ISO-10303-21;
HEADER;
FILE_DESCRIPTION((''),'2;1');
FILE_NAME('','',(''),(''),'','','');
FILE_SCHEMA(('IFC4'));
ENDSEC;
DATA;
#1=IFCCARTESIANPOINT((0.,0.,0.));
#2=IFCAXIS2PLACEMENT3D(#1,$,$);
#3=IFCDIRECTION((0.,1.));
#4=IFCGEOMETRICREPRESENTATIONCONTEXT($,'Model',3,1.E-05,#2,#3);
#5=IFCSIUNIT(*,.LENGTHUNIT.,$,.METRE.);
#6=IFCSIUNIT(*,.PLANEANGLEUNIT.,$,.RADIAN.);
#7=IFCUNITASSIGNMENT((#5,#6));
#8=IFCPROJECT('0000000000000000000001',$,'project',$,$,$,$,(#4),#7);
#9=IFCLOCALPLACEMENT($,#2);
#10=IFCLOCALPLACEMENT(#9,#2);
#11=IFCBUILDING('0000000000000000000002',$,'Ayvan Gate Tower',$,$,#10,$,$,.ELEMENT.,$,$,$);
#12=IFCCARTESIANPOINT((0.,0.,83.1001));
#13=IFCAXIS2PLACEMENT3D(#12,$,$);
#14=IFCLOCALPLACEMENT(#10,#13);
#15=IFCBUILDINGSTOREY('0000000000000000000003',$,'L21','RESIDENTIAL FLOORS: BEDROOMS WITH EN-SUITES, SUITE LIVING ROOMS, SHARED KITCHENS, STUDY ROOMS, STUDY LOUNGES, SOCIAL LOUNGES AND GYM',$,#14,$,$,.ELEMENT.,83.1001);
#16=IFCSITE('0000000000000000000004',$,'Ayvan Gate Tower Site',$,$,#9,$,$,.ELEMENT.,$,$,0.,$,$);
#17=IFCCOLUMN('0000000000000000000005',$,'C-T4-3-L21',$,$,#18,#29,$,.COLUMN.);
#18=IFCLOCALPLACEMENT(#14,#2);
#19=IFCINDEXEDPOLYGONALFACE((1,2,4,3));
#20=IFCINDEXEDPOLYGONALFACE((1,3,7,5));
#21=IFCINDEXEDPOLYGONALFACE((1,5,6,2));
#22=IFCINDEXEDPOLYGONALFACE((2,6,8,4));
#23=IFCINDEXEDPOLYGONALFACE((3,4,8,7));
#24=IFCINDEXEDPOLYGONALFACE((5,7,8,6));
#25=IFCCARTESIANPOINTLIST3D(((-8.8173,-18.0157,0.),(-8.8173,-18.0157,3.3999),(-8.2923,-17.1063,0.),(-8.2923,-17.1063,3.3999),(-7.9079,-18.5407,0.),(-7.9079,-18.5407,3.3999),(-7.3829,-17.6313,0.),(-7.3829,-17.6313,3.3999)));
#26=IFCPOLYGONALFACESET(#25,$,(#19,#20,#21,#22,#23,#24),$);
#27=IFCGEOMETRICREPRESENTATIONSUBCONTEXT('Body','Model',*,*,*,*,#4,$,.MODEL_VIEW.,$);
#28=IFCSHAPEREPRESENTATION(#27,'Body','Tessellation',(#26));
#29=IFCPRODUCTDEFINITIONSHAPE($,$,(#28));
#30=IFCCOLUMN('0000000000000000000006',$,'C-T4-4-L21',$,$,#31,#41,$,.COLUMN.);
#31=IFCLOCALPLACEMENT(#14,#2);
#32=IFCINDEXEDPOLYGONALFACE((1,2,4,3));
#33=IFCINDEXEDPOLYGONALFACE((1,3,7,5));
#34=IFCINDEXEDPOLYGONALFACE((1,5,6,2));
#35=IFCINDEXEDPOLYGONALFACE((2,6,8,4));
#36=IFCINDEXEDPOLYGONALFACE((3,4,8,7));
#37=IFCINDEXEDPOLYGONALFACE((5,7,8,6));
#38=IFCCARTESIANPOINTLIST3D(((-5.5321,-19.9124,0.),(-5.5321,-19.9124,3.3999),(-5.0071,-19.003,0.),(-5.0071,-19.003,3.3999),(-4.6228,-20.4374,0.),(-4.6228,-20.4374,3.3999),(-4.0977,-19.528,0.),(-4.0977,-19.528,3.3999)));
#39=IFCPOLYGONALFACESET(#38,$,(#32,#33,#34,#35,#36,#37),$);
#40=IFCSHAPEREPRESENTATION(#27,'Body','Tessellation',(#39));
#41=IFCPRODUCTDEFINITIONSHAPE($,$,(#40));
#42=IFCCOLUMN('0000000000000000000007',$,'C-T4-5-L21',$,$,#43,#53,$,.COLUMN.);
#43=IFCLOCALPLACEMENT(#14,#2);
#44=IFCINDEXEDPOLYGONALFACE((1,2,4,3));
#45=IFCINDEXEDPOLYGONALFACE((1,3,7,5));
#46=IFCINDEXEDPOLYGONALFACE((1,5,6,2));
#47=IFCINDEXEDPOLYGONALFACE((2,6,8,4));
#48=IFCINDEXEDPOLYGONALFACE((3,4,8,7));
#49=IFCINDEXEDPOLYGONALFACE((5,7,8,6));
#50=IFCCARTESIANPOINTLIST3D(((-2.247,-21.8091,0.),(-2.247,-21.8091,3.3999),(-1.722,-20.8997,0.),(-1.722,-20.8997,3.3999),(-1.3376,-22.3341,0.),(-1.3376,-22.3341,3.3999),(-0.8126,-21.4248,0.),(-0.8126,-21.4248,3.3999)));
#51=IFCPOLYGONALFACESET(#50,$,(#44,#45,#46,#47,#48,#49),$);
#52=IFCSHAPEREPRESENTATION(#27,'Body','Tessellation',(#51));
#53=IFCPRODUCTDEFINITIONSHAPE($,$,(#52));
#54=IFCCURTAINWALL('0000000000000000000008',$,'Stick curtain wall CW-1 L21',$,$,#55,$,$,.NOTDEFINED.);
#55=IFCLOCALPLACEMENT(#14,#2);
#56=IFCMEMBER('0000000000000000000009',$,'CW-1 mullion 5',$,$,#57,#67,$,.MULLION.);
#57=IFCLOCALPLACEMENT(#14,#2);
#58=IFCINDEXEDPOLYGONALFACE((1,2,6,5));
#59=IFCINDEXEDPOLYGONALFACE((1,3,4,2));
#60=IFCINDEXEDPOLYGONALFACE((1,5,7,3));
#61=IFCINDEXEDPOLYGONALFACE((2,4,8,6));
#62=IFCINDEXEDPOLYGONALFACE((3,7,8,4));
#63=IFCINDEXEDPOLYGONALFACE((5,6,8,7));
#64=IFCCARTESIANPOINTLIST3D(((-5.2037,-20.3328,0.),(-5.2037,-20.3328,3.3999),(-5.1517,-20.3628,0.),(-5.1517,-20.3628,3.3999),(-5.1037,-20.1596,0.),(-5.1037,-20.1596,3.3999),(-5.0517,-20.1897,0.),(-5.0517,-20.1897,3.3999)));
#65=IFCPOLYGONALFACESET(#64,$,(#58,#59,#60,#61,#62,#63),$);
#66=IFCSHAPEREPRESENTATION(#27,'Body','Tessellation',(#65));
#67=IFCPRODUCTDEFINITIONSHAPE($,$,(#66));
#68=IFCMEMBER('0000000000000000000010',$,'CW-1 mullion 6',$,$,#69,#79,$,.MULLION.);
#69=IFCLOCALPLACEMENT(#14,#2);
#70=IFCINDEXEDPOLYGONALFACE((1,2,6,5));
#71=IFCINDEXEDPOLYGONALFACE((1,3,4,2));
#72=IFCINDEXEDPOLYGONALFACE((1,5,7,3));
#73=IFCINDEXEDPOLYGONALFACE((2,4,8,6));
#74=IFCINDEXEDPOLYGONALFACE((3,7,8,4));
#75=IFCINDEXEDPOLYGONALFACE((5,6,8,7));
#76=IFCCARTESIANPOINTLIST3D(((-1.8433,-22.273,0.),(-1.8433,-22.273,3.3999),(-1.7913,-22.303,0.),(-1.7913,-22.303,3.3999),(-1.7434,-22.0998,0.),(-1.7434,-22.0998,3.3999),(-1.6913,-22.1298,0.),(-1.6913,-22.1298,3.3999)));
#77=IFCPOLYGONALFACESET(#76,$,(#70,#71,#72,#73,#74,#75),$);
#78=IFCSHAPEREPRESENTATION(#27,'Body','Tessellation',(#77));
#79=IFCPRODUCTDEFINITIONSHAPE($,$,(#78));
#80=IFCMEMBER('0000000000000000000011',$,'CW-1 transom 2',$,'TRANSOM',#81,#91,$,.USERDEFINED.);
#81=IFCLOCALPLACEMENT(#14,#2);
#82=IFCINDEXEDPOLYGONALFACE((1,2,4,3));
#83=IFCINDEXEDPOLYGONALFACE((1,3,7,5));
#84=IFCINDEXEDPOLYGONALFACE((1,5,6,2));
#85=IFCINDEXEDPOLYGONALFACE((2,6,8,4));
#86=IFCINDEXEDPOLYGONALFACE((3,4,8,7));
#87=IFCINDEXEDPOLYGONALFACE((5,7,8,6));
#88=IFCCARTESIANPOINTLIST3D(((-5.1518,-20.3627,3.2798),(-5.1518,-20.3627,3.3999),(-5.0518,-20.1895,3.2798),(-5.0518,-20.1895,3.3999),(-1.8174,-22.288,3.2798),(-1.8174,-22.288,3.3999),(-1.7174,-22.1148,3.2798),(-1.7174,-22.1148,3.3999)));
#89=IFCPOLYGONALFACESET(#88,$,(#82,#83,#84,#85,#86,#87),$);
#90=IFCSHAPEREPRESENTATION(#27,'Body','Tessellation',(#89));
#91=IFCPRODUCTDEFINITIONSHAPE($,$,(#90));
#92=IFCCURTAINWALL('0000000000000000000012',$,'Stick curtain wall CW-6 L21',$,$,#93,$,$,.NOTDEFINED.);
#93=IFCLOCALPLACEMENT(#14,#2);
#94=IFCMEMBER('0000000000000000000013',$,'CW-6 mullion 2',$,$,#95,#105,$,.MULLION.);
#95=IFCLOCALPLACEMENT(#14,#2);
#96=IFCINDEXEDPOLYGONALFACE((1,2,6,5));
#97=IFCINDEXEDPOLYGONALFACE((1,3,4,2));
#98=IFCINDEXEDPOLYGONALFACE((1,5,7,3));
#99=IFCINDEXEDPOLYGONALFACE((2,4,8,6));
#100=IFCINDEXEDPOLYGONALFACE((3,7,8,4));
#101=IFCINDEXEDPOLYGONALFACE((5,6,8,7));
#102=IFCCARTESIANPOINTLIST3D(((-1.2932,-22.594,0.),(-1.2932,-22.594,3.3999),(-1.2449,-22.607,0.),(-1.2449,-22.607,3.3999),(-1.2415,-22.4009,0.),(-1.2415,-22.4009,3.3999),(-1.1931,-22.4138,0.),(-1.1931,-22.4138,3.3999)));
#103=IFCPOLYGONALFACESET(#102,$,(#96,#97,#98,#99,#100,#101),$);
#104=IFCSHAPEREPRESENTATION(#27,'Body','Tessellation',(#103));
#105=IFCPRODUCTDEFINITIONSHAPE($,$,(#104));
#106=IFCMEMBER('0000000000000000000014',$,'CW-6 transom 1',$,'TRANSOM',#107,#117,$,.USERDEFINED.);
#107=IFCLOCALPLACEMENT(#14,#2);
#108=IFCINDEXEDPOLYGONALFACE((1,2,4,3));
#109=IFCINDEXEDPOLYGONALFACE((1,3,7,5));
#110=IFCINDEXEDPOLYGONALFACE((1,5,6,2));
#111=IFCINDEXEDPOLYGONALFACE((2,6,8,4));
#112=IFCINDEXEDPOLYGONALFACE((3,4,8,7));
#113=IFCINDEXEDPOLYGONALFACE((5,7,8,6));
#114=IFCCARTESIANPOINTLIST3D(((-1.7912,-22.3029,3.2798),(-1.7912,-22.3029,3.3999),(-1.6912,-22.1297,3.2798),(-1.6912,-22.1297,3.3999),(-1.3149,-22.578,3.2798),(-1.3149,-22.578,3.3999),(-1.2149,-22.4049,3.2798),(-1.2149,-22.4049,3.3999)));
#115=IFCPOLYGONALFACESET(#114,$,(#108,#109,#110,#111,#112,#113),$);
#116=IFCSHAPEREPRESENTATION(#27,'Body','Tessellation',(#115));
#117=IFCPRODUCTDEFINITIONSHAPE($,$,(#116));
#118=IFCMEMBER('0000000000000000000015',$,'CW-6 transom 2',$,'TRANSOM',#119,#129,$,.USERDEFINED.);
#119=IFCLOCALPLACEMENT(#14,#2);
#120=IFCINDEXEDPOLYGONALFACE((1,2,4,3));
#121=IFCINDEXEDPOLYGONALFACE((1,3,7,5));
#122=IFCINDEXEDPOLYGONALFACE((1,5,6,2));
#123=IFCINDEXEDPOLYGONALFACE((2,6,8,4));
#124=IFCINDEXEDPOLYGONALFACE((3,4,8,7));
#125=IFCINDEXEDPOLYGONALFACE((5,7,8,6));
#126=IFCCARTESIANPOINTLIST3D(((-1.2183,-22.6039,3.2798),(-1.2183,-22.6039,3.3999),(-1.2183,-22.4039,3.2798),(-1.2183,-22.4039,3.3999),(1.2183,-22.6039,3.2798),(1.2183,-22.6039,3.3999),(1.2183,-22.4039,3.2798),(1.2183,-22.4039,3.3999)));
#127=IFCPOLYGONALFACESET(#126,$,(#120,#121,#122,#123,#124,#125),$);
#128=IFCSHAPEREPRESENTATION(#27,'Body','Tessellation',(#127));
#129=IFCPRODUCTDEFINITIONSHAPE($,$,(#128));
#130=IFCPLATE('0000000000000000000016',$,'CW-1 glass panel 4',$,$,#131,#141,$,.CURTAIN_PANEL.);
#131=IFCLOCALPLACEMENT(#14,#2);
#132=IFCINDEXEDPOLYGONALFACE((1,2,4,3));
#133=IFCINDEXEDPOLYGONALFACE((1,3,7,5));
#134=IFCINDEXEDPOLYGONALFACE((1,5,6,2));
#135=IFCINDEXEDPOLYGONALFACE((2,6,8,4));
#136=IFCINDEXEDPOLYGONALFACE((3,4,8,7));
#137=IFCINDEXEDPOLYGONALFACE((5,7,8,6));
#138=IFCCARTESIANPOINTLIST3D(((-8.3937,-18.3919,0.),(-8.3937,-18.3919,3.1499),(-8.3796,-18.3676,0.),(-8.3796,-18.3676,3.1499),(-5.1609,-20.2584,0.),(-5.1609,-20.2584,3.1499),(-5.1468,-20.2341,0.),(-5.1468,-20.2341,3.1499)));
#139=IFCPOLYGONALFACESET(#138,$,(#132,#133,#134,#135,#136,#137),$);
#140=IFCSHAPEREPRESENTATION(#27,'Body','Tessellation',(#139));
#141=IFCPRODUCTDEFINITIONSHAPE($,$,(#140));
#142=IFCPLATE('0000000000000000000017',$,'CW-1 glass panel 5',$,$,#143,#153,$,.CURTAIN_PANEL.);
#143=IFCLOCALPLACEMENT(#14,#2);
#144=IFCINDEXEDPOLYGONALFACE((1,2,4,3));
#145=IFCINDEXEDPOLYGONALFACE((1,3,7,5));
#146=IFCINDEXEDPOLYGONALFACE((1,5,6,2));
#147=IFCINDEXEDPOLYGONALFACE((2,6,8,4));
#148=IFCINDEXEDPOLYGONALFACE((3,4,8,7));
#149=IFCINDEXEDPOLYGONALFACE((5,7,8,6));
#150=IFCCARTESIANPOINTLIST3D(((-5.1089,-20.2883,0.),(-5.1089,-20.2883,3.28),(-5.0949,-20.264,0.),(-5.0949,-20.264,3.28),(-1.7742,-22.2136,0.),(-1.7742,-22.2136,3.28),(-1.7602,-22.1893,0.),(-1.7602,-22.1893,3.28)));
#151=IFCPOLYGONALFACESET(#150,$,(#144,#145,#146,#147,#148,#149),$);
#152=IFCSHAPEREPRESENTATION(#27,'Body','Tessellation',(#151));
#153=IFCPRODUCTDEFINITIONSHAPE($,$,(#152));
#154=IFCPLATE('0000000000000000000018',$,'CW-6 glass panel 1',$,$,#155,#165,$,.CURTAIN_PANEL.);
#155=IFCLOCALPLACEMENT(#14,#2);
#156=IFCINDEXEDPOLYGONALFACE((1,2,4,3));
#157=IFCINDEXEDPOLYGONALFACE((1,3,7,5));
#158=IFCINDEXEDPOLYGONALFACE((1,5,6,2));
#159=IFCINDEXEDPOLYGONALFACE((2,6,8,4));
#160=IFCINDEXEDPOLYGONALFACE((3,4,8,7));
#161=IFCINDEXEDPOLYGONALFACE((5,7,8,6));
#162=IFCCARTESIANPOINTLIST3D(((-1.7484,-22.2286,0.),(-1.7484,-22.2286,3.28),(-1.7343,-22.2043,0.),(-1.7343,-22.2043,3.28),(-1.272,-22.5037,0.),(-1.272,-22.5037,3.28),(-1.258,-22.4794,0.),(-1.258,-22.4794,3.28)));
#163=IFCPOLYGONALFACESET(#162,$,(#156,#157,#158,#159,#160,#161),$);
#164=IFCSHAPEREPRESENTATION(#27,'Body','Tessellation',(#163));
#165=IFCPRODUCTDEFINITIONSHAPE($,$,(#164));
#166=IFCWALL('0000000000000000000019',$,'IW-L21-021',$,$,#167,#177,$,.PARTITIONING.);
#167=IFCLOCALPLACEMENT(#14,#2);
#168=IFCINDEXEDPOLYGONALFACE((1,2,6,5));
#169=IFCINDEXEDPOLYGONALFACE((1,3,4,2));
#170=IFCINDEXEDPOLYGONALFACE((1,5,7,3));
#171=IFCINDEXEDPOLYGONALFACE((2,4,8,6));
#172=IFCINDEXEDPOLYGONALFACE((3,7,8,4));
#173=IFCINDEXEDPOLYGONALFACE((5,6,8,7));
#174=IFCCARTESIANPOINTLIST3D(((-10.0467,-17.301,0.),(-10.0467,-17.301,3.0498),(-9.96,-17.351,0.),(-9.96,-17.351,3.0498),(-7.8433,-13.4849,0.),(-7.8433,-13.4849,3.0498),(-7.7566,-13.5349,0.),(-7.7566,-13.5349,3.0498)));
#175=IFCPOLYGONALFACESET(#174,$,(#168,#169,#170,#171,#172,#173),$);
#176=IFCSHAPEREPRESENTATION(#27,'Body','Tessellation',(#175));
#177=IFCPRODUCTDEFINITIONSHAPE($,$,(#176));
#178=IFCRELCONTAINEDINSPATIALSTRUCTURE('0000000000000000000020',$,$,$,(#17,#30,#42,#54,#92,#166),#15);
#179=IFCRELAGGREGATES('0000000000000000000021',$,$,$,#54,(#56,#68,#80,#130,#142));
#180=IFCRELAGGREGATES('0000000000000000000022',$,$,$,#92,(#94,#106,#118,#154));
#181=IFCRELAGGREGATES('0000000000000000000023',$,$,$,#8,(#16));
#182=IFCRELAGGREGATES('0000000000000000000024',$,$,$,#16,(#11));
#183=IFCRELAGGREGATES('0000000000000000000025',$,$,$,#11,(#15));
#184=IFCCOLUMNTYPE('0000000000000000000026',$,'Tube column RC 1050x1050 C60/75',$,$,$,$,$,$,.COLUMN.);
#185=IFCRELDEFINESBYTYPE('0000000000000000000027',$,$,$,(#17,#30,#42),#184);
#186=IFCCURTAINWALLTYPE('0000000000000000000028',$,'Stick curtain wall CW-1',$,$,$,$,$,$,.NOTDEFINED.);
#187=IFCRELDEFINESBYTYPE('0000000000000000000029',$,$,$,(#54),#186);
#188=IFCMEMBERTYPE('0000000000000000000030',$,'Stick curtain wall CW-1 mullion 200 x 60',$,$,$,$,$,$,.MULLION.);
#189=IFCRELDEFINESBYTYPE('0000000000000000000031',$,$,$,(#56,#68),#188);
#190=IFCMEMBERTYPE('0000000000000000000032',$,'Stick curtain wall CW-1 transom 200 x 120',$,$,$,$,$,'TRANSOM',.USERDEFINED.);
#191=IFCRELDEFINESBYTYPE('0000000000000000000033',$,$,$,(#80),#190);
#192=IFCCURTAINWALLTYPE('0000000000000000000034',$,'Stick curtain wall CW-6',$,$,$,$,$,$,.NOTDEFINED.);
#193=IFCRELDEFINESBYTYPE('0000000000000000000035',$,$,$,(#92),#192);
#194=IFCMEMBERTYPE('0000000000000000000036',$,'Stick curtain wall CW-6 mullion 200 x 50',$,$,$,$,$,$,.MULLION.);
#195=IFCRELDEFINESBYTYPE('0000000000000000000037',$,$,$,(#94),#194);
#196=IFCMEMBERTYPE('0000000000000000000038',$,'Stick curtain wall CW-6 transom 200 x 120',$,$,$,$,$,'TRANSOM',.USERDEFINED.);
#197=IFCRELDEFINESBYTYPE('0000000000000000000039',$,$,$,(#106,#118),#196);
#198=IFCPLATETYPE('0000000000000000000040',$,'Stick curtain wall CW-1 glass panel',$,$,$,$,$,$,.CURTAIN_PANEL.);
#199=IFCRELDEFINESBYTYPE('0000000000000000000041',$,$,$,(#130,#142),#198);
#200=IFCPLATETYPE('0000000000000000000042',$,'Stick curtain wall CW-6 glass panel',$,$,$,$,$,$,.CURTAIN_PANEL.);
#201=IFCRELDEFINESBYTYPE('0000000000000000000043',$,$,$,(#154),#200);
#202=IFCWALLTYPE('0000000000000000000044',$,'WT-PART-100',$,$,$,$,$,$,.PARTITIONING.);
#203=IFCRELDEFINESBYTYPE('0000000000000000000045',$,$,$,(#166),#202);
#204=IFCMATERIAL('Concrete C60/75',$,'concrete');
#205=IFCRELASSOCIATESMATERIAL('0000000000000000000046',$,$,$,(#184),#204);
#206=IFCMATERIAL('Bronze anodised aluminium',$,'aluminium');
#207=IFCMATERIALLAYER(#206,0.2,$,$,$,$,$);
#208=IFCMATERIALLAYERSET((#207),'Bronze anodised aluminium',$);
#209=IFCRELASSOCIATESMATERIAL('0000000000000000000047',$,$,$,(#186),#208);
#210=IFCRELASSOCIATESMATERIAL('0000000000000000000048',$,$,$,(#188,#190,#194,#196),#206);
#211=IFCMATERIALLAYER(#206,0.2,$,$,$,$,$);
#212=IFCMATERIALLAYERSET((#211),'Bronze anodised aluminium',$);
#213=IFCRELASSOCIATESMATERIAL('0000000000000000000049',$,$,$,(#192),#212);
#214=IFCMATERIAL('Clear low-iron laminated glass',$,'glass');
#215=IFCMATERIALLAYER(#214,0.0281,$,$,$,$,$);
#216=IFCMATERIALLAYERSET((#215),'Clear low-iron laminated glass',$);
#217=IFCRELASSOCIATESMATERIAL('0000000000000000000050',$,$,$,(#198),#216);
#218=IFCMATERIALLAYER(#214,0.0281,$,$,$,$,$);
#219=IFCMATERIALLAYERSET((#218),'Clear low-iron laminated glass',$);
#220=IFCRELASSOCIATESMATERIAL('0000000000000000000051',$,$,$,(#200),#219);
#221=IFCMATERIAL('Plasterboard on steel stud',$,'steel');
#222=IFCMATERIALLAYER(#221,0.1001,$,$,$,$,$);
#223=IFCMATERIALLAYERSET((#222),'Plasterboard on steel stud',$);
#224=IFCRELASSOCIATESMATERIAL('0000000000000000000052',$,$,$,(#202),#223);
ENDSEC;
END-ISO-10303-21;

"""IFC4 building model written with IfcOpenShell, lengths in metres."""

from ifc_helpers import new_model, si_unit, direction, frame, frame_2d, origin, origin_2d, place, context, subcontext, project, spatial, rectangle, extrude, material, layer, layer_set, material_profile, profile_set, type_object, element, aggregate, save


model = new_model("IFC4")

# Units and contexts
model_context = context("Model", 3, precision=1e-05, world=origin(), true_north=direction((0.0, 1.0)))
body_context = subcontext(model_context, "Body", "Model", "MODEL_VIEW")
ifc_project = project(units=[si_unit("LENGTHUNIT", "METRE"), si_unit("PLANEANGLEUNIT", "RADIAN")], contexts=[model_context])

# Site, building, storey
site_placement = place(None, origin())
site = spatial("IfcSite", under=ifc_project, at=site_placement, Name="Ayvan Gate Tower Site", CompositionType="ELEMENT", RefElevation=0.0)
building_placement = place(site_placement, origin())
building = spatial("IfcBuilding", under=site, at=building_placement, Name="Ayvan Gate Tower", CompositionType="ELEMENT")
storey_placement = place(building_placement, frame((0.0, 0.0, 83.1001)))
storey = spatial("IfcBuildingStorey", under=building, at=storey_placement, Name="L21", Description="RESIDENTIAL FLOORS: BEDROOMS WITH EN-SUITES, SUITE LIVING ROOMS, SHARED KITCHENS, STUDY ROOMS, STUDY LOUNGES, SOCIAL LOUNGES AND GYM", CompositionType="ELEMENT", Elevation=83.1001)

# Columns
ifc_material_1 = material(Name="Concrete C60/75", Category="concrete")
ifc_material_profile_1 = material_profile(ifc_material_1, rectangle(XDim=1.05, YDim=1.05, at=origin_2d()), Name="RC 1050x1050")
ifc_profile_set_1 = profile_set([ifc_material_profile_1], Name="Concrete C60/75")
column_type = type_object("IfcColumnType", Name="Tube column RC 1050x1050 C60/75", PredefinedType="COLUMN", material=ifc_profile_set_1)
for number, where, z_axis, x_axis, name in (
    (1, (-8.1001, -17.8235, 0.0), (0.0, 0.0, 1.0), (-0.5, -0.866025, 0.0), "C-T4-3-L21"),
    (2, (-4.8149, -19.7202, 0.0), (0.0, 0.0, 1.0), (-0.5, -0.866025, 0.0), "C-T4-4-L21"),
    (3, (-1.5298, -21.6169, 0.0), (0.0, 0.0, 1.0), (-0.5, -0.866025, 0.0), "C-T4-5-L21"),
):
    element("IfcColumn", number, at=place(storey_placement, frame(where, z_axis=z_axis, x_axis=x_axis)), inside=storey, type_object=column_type, Name=name, PredefinedType="COLUMN", context=body_context, shape_type="SweptSolid", body=[
        extrude(rectangle(XDim=1.05, YDim=1.05, at=origin_2d()), origin(), (0.0, 0.0, 1.0), 3.3999),
    ])

# Curtain walls, members
ifc_material_2 = material(Name="Bronze anodised aluminium", Category="aluminium")
ifc_layer_1 = layer(ifc_material_2, 0.2)
ifc_layer_set_1 = layer_set([ifc_layer_1], Name="Bronze anodised aluminium")
curtain_wall_type_1 = type_object("IfcCurtainWallType", Name="Stick curtain wall CW-1", PredefinedType="NOTDEFINED", material=ifc_layer_set_1)
curtain_wall_1_placement = place(storey_placement, origin())
curtain_wall_1 = element("IfcCurtainWall", 4, at=curtain_wall_1_placement, inside=storey, type_object=curtain_wall_type_1, Name="Stick curtain wall CW-1 L21", PredefinedType="NOTDEFINED")
ifc_material_profile_2 = material_profile(ifc_material_2, rectangle(XDim=0.2, YDim=0.0601, at=origin_2d()), Name="Stick curtain wall CW-1 mullion 200 x 60")
ifc_profile_set_2 = profile_set([ifc_material_profile_2], Name="Bronze anodised aluminium")
member_type_1 = type_object("IfcMemberType", Name="Stick curtain wall CW-1 mullion 200 x 60", PredefinedType="MULLION", material=ifc_profile_set_2)
member_1_placement = place(storey_placement, frame((-5.1277, -20.2612, 0.0), z_axis=(0.0, 0.0, 1.0), x_axis=(-0.5, -0.866025, 0.0)))
member_1 = element("IfcMember", 5, at=member_1_placement, type_object=member_type_1, Name="CW-1 mullion 5", PredefinedType="MULLION", context=body_context, shape_type="SweptSolid", body=[
    extrude(rectangle(XDim=0.2, YDim=0.0601, at=origin_2d()), origin(), (0.0, 0.0, 1.0), 3.3999),
])
member_2_placement = place(storey_placement, frame((-1.7673, -22.2014, 0.0), z_axis=(0.0, 0.0, 1.0), x_axis=(-0.5, -0.866025, 0.0)))
member_2 = element("IfcMember", 6, at=member_2_placement, type_object=member_type_1, Name="CW-1 mullion 6", PredefinedType="MULLION", context=body_context, shape_type="SweptSolid", body=[
    extrude(rectangle(XDim=0.2, YDim=0.0601, at=origin_2d()), origin(), (0.0, 0.0, 1.0), 3.3999),
])
ifc_material_profile_3 = material_profile(ifc_material_2, rectangle(XDim=0.2, YDim=0.1201, at=origin_2d()), Name="Stick curtain wall CW-1 transom 200 x 120")
ifc_profile_set_3 = profile_set([ifc_material_profile_3], Name="Bronze anodised aluminium")
member_type_2 = type_object("IfcMemberType", Name="Stick curtain wall CW-1 transom 200 x 120", ElementType="TRANSOM", PredefinedType="USERDEFINED", material=ifc_profile_set_3)
member_3_placement = place(storey_placement, frame((-5.1018, -20.2761, 3.3398), z_axis=(0.86601, -0.500026, 0.0), x_axis=(0.500026, 0.86601, 0.0)))
member_3 = element("IfcMember", 7, at=member_3_placement, type_object=member_type_2, Name="CW-1 transom 2", ObjectType="TRANSOM", PredefinedType="USERDEFINED", context=body_context, shape_type="SweptSolid", body=[
    extrude(rectangle(XDim=0.2, YDim=0.1201, at=origin_2d()), origin(), (0.0, 0.0, 1.0), 3.8503),
])
ifc_layer_2 = layer(ifc_material_2, 0.2)
ifc_layer_set_2 = layer_set([ifc_layer_2], Name="Bronze anodised aluminium")
curtain_wall_type_2 = type_object("IfcCurtainWallType", Name="Stick curtain wall CW-6", PredefinedType="NOTDEFINED", material=ifc_layer_set_2)
curtain_wall_2_placement = place(storey_placement, origin())
curtain_wall_2 = element("IfcCurtainWall", 8, at=curtain_wall_2_placement, inside=storey, type_object=curtain_wall_type_2, Name="Stick curtain wall CW-6 L21", PredefinedType="NOTDEFINED")
ifc_material_profile_4 = material_profile(ifc_material_2, rectangle(XDim=0.2, YDim=0.05, at=origin_2d()), Name="Stick curtain wall CW-6 mullion 200 x 50")
ifc_profile_set_4 = profile_set([ifc_material_profile_4], Name="Bronze anodised aluminium")
member_type_3 = type_object("IfcMemberType", Name="Stick curtain wall CW-6 mullion 200 x 50", PredefinedType="MULLION", material=ifc_profile_set_4)
member_4_placement = place(storey_placement, frame((-1.2432, -22.5039, 0.0), z_axis=(0.0, 0.0, 1.0), x_axis=(-0.258819, -0.965926, 0.0)))
member_4 = element("IfcMember", 9, at=member_4_placement, type_object=member_type_3, Name="CW-6 mullion 2", PredefinedType="MULLION", context=body_context, shape_type="SweptSolid", body=[
    extrude(rectangle(XDim=0.2, YDim=0.05, at=origin_2d()), origin(), (0.0, 0.0, 1.0), 3.3999),
])
ifc_material_profile_5 = material_profile(ifc_material_2, rectangle(XDim=0.2, YDim=0.1201, at=origin_2d()), Name="Stick curtain wall CW-6 transom 200 x 120")
ifc_profile_set_5 = profile_set([ifc_material_profile_5], Name="Bronze anodised aluminium")
member_type_4 = type_object("IfcMemberType", Name="Stick curtain wall CW-6 transom 200 x 120", ElementType="TRANSOM", PredefinedType="USERDEFINED", material=ifc_profile_set_5)
member_5_placement = place(storey_placement, frame((-1.7412, -22.2163, 3.3398), z_axis=(0.865912, -0.500196, 0.0), x_axis=(0.500196, 0.865912, 0.0)))
member_5 = element("IfcMember", 10, at=member_5_placement, type_object=member_type_4, Name="CW-6 transom 1", ObjectType="TRANSOM", PredefinedType="USERDEFINED", context=body_context, shape_type="SweptSolid", body=[
    extrude(rectangle(XDim=0.2, YDim=0.1201, at=origin_2d()), origin(), (0.0, 0.0, 1.0), 0.55),
])
member_6_placement = place(storey_placement, frame((-1.2183, -22.5039, 3.3398), z_axis=(1.0, 0.0, 0.0), x_axis=(0.0, 1.0, 0.0)))
member_6 = element("IfcMember", 11, at=member_6_placement, type_object=member_type_4, Name="CW-6 transom 2", ObjectType="TRANSOM", PredefinedType="USERDEFINED", context=body_context, shape_type="SweptSolid", body=[
    extrude(rectangle(XDim=0.2, YDim=0.1201, at=origin_2d()), origin(), (0.0, 0.0, 1.0), 2.4365),
])

# Plates
ifc_material_3 = material(Name="Clear low-iron laminated glass", Category="glass")
ifc_layer_3 = layer(ifc_material_3, 0.0281)
ifc_layer_set_3 = layer_set([ifc_layer_3], Name="Clear low-iron laminated glass")
plate_type_1 = type_object("IfcPlateType", Name="Stick curtain wall CW-1 glass panel", PredefinedType="CURTAIN_PANEL", material=ifc_layer_set_3)
plate_1_placement = place(storey_placement, frame((-6.7703, -19.313, 0.0), z_axis=(0.0, 0.0, 1.0), x_axis=(0.866025, -0.5, 0.0)))
plate_1 = element("IfcPlate", 12, at=plate_1_placement, type_object=plate_type_1, Name="CW-1 glass panel 4", PredefinedType="CURTAIN_PANEL", context=body_context, shape_type="SweptSolid", body=[
    extrude(rectangle(XDim=3.7329, YDim=0.0281, at=origin_2d()), origin(), (0.0, 0.0, 1.0), 3.1499),
])
plate_2_placement = place(storey_placement, frame((-3.4346, -21.2388, 0.0), z_axis=(0.0, 0.0, 1.0), x_axis=(0.866025, -0.5, 0.0)))
plate_2 = element("IfcPlate", 13, at=plate_2_placement, type_object=plate_type_1, Name="CW-1 glass panel 5", PredefinedType="CURTAIN_PANEL", context=body_context, shape_type="SweptSolid", body=[
    extrude(rectangle(XDim=3.8506, YDim=0.0281, at=origin_2d()), origin(), (0.0, 0.0, 1.0), 3.28),
])
aggregate(curtain_wall_1, [member_1, member_2, member_3, plate_1, plate_2])
ifc_layer_4 = layer(ifc_material_3, 0.0281)
ifc_layer_set_4 = layer_set([ifc_layer_4], Name="Clear low-iron laminated glass")
plate_type_2 = type_object("IfcPlateType", Name="Stick curtain wall CW-6 glass panel", PredefinedType="CURTAIN_PANEL", material=ifc_layer_set_4)
plate_3_placement = place(storey_placement, frame((-1.5032, -22.354, 0.0), z_axis=(0.0, 0.0, 1.0), x_axis=(0.866025, -0.5, 0.0)))
plate_3 = element("IfcPlate", 14, at=plate_3_placement, type_object=plate_type_2, Name="CW-6 glass panel 1", PredefinedType="CURTAIN_PANEL", context=body_context, shape_type="SweptSolid", body=[
    extrude(rectangle(XDim=0.55, YDim=0.0281, at=origin_2d()), origin(), (0.0, 0.0, 1.0), 3.28),
])
aggregate(curtain_wall_2, [member_4, member_5, member_6, plate_3])

# Wall
ifc_material_4 = material(Name="Plasterboard on steel stud", Category="steel")
ifc_layer_5 = layer(ifc_material_4, 0.1001)
ifc_layer_set_5 = layer_set([ifc_layer_5], Name="Plasterboard on steel stud")
wall_type_1 = type_object("IfcWallType", Name="WT-PART-100", PredefinedType="PARTITIONING", material=ifc_layer_set_5)
wall_1_placement = place(storey_placement, frame((-7.8, -13.51, 0.0), z_axis=(0.0, 0.0, 1.0), x_axis=(-0.500018, -0.866015, 0.0)))
element("IfcWall", 15, at=wall_1_placement, inside=storey, type_object=wall_type_1, Name="IW-L21-021", PredefinedType="PARTITIONING", context=body_context, shape_type="SweptSolid", body=[
    extrude(rectangle(XDim=4.4065, YDim=0.1001, at=frame_2d((2.2031, 0.0))), origin(), (0.0, 0.0, 1.0), 3.0498),
])

save(model, "model.ifc")
